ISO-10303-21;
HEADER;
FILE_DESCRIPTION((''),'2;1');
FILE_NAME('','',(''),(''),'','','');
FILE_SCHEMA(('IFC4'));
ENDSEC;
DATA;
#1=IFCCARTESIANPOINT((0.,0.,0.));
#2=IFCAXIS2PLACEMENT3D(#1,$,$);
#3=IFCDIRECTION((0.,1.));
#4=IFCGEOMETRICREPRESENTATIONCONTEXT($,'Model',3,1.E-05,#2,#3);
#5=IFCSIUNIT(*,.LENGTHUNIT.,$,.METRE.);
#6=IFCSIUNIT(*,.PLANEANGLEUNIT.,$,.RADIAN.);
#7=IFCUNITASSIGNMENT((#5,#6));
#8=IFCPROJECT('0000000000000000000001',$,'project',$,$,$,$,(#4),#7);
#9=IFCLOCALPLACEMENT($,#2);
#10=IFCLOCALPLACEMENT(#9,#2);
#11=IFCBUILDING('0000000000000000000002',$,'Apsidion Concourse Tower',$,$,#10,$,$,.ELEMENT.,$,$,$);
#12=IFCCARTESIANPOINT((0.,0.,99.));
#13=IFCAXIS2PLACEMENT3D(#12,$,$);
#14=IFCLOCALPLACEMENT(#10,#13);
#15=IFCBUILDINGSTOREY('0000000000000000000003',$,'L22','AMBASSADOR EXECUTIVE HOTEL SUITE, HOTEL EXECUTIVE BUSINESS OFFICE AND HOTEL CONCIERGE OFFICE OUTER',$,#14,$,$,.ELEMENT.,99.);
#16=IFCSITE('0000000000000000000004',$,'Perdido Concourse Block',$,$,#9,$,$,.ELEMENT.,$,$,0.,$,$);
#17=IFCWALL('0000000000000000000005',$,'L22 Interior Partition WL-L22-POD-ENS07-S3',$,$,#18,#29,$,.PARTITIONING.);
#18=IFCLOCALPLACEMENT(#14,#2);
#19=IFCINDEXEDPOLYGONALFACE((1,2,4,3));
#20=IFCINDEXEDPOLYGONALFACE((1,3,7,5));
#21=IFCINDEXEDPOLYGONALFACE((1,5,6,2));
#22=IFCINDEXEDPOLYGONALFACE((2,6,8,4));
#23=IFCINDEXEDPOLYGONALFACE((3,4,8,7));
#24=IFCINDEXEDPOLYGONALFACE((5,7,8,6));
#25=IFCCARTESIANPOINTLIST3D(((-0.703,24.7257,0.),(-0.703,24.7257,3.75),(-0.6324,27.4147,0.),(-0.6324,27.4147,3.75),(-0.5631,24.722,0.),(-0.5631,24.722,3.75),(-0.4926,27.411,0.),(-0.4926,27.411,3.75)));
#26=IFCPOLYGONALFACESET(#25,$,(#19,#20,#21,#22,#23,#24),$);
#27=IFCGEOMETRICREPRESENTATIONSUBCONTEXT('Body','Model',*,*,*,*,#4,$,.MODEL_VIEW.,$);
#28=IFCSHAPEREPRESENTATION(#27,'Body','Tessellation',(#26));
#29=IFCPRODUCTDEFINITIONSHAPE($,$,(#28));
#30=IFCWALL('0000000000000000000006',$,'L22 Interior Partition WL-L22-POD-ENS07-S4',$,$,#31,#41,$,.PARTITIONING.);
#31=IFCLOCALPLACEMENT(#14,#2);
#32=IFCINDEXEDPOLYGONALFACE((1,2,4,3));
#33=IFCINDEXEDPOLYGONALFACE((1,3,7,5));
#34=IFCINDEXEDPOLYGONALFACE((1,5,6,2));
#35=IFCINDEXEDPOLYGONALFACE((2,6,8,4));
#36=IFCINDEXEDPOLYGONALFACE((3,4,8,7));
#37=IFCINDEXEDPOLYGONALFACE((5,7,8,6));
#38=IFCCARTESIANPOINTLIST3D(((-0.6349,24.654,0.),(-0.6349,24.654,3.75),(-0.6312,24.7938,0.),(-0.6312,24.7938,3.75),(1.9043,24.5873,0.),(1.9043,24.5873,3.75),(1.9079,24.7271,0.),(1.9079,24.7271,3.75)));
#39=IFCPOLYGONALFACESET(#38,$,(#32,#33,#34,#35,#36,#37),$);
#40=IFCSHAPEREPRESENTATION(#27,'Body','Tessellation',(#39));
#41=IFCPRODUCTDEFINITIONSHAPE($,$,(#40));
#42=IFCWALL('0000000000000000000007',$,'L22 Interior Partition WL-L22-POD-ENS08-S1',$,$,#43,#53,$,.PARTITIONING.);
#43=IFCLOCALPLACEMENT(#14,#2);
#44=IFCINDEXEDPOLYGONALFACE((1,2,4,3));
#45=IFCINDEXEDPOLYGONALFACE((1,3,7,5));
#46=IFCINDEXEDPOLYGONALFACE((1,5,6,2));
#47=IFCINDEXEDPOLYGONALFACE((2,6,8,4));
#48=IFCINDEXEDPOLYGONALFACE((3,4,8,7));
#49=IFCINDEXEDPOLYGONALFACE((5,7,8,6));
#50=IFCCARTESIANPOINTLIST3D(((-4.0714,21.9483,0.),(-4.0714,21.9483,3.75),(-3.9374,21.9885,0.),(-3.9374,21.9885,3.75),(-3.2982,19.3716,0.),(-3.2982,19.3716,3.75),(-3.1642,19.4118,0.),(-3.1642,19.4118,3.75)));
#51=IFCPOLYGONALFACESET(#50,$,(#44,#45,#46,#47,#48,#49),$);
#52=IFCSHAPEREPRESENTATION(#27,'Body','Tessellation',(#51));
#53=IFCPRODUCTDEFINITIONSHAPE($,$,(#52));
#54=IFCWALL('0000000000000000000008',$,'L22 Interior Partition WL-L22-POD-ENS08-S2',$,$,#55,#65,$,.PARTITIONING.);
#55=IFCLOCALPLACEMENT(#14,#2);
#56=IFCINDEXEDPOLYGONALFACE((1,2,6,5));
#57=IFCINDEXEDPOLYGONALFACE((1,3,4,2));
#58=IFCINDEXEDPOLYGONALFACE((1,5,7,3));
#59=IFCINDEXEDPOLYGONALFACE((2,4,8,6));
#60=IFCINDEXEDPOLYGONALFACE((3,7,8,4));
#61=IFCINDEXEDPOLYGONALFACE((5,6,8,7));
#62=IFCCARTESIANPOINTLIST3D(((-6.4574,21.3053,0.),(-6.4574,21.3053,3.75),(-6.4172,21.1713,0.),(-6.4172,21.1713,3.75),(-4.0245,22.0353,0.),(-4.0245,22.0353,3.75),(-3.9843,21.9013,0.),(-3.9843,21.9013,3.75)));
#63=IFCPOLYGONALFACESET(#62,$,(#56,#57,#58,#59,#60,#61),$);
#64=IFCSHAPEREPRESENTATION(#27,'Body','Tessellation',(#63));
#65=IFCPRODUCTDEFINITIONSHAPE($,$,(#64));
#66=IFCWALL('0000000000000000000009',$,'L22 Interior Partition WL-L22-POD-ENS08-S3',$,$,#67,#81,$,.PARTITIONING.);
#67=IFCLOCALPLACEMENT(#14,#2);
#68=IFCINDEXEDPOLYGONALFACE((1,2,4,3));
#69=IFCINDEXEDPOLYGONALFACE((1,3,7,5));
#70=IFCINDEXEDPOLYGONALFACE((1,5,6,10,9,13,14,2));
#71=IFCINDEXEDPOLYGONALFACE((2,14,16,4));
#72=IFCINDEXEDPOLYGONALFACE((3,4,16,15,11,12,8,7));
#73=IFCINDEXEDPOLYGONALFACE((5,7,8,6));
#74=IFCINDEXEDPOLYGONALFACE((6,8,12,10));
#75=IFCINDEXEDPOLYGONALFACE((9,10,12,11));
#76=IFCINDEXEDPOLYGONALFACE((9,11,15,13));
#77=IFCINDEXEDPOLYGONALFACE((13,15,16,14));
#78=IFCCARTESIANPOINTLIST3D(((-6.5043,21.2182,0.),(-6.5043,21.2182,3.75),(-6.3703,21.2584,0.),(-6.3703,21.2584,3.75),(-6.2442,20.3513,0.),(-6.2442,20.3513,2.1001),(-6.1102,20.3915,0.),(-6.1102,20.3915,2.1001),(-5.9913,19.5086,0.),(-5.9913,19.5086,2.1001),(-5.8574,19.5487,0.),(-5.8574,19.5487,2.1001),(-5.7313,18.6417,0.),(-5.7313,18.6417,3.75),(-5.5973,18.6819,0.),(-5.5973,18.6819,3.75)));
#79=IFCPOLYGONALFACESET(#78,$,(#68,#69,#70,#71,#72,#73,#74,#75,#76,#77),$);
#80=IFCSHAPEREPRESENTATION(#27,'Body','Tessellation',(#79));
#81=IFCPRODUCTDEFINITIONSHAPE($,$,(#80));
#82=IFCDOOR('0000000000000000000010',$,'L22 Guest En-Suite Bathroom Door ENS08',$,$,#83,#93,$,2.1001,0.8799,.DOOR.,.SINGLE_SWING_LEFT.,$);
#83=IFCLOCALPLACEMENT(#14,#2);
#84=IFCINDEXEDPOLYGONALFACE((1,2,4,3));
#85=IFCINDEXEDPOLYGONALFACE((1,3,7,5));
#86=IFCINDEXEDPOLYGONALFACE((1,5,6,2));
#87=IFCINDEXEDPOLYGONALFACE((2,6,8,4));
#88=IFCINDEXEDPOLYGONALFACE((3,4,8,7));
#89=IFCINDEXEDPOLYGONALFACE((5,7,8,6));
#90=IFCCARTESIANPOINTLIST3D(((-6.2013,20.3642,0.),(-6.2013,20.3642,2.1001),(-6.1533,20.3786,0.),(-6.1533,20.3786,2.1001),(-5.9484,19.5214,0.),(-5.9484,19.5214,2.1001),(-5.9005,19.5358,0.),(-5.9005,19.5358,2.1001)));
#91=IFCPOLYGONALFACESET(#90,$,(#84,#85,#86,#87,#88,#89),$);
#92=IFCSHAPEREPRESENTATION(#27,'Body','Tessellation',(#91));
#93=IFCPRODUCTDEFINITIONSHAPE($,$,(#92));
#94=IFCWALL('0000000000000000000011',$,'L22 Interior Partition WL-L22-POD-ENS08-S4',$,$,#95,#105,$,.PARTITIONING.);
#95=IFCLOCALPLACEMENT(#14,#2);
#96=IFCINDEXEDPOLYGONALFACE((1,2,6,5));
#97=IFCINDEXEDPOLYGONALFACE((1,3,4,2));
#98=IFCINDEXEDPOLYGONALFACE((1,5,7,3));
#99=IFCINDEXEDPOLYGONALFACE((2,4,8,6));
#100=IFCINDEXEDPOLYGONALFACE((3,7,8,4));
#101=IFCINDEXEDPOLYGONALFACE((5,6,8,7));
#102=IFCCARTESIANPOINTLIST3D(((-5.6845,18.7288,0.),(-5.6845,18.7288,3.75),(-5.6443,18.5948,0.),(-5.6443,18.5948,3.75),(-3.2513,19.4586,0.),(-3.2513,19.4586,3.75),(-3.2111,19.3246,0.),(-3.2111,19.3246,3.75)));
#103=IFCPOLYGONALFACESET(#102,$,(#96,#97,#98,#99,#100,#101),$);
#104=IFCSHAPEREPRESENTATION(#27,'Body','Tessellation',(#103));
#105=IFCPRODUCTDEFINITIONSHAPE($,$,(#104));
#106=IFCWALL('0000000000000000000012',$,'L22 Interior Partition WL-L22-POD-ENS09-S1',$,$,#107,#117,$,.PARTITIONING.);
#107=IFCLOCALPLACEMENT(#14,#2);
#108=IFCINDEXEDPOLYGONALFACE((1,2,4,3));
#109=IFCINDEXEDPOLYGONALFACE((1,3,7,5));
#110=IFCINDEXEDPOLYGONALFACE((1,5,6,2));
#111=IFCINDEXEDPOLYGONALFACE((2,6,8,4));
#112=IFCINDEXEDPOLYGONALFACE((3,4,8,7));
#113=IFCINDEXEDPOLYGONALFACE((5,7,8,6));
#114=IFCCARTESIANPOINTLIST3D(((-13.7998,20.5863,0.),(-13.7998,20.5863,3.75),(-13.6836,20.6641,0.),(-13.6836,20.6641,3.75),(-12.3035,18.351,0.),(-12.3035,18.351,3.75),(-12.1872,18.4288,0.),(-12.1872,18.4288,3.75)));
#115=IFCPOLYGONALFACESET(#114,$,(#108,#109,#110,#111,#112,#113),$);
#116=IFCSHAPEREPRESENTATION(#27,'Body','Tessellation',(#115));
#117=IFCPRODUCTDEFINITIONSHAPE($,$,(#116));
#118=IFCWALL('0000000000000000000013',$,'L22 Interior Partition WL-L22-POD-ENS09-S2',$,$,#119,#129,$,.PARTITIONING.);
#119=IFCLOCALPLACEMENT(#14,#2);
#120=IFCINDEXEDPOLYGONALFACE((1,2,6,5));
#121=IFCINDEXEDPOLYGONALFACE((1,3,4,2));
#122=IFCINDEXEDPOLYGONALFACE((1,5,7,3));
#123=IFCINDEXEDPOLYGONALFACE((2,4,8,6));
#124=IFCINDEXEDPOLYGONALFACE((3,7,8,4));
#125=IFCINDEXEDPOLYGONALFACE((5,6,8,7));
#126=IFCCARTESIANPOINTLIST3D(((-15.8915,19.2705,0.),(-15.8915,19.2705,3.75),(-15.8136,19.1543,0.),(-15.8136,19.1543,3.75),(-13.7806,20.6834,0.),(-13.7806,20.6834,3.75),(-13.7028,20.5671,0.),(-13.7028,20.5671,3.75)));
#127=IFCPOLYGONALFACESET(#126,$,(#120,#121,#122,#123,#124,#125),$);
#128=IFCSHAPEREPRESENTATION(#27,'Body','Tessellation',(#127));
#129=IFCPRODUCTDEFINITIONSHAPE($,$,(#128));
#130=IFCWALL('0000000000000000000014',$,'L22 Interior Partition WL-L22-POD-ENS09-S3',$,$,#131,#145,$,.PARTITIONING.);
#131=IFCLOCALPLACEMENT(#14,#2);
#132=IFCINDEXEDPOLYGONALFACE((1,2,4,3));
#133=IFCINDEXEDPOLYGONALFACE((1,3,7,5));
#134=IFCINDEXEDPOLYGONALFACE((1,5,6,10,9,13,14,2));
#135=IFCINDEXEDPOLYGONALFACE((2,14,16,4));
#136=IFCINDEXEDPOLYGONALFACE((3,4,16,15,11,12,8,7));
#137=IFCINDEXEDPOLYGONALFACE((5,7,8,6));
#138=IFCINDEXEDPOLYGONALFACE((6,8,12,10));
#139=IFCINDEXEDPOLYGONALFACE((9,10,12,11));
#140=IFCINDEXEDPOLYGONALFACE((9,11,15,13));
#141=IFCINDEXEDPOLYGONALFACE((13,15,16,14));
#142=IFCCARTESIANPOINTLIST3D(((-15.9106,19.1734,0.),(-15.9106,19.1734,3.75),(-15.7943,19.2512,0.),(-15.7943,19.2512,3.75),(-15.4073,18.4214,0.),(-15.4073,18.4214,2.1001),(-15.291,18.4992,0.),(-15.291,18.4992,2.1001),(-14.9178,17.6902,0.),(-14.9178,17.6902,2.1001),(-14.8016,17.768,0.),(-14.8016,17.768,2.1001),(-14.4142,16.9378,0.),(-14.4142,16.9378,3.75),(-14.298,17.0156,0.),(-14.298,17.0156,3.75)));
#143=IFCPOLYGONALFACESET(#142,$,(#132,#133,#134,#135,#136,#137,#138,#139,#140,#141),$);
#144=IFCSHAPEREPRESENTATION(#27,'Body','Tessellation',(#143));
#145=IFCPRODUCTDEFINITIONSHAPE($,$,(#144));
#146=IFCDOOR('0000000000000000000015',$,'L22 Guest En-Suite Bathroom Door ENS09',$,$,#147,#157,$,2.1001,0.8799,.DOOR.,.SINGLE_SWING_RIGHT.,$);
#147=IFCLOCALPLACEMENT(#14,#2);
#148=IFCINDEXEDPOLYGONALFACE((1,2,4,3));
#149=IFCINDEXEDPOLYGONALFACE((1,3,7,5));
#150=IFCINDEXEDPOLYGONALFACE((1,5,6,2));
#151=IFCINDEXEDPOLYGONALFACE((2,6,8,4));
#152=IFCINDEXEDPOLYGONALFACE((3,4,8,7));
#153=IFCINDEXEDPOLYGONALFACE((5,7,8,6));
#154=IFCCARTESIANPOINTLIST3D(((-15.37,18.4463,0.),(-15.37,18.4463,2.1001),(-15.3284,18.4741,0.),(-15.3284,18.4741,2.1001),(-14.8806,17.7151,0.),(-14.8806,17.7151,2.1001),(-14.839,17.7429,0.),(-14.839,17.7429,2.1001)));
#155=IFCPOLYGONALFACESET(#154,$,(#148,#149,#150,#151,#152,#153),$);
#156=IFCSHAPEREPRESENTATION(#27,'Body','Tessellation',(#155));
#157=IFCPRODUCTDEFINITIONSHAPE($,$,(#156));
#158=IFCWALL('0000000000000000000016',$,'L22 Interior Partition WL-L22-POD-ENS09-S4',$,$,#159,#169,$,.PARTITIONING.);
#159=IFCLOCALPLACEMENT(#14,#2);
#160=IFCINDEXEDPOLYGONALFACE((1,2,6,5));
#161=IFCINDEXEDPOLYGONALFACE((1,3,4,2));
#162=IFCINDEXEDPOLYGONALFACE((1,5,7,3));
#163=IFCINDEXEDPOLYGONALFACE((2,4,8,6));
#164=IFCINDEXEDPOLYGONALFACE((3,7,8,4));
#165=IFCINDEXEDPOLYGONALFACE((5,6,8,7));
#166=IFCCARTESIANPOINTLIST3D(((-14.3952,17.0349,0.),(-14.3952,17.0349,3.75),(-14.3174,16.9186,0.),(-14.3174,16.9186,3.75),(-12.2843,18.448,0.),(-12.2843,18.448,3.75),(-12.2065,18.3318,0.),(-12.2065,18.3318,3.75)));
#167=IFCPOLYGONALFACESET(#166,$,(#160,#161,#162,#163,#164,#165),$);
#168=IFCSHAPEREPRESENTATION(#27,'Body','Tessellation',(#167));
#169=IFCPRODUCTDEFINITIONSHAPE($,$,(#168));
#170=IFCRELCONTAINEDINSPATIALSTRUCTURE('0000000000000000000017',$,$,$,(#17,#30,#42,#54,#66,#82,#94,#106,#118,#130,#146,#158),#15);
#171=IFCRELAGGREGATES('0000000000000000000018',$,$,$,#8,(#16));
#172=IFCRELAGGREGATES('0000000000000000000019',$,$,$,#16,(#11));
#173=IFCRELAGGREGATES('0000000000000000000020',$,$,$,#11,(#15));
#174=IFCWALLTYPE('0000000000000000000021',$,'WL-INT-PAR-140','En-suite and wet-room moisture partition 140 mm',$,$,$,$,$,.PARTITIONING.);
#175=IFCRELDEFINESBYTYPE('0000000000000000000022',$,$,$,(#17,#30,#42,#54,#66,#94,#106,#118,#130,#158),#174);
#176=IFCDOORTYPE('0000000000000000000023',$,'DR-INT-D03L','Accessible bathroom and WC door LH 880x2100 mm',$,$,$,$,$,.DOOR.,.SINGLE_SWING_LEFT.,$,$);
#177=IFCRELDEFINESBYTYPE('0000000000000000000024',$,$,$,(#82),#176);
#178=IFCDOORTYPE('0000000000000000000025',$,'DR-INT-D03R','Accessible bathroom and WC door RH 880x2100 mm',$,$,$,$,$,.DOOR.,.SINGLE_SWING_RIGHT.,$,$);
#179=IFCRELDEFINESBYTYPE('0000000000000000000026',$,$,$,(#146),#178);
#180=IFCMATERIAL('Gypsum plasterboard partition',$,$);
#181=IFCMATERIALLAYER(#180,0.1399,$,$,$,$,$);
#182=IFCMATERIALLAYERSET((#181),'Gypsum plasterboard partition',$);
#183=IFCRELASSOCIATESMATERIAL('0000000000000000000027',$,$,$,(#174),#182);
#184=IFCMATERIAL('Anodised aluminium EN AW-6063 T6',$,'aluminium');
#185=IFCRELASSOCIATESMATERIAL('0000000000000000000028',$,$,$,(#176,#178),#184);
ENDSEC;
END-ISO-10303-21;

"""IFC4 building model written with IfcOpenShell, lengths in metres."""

from ifc_helpers import new_model, si_unit, direction, frame, frame_2d, origin, place, context, subcontext, project, spatial, rectangle, extrude, material, layer, layer_set, type_object, element, fill, save


model = new_model("IFC4")

# Units and contexts
model_context = context("Model", 3, precision=1e-05, world=origin(), true_north=direction((0.0, 1.0)))
body_context = subcontext(model_context, "Body", "Model", "MODEL_VIEW")
ifc_project = project(units=[si_unit("LENGTHUNIT", "METRE"), si_unit("PLANEANGLEUNIT", "RADIAN")], contexts=[model_context])

# Site, building, storey
site_placement = place(None, origin())
site = spatial("IfcSite", under=ifc_project, at=site_placement, Name="Perdido Concourse Block", CompositionType="ELEMENT", RefElevation=0.0)
building_placement = place(site_placement, origin())
building = spatial("IfcBuilding", under=site, at=building_placement, Name="Apsidion Concourse Tower", CompositionType="ELEMENT")
storey_placement = place(building_placement, frame((0.0, 0.0, 99.0)))
storey = spatial("IfcBuildingStorey", under=building, at=storey_placement, Name="L22", Description="AMBASSADOR EXECUTIVE HOTEL SUITE, HOTEL EXECUTIVE BUSINESS OFFICE AND HOTEL CONCIERGE OFFICE OUTER", CompositionType="ELEMENT", Elevation=99.0)

# Shared definitions
ifc_material_1 = material(Name="Anodised aluminium EN AW-6063 T6", Category="aluminium")

# Walls
ifc_material_2 = material(Name="Gypsum plasterboard partition")
ifc_layer_1 = layer(ifc_material_2, 0.1399)
ifc_layer_set_1 = layer_set([ifc_layer_1], Name="Gypsum plasterboard partition")
wall_type_1 = type_object("IfcWallType", Name="WL-INT-PAR-140", Description="En-suite and wet-room moisture partition 140 mm", PredefinedType="PARTITIONING", material=ifc_layer_set_1)
wall_1_placement = place(storey_placement, frame((-0.5625, 27.4128, 0.0), z_axis=(0.0, 0.0, 1.0), x_axis=(-0.02623, -0.999656, 0.0)))
element("IfcWall", 1, at=wall_1_placement, inside=storey, type_object=wall_type_1, Name="L22 Interior Partition WL-L22-POD-ENS07-S3", PredefinedType="PARTITIONING", context=body_context, shape_type="SweptSolid", body=[
    extrude(rectangle(XDim=2.6899, YDim=0.1399, at=frame_2d((1.345, 0.0))), origin(), (0.0, 0.0, 1.0), 3.75),
])
wall_2_placement = place(storey_placement, frame((-0.6331, 24.7239, 0.0), z_axis=(0.0, 0.0, 1.0), x_axis=(0.999656, -0.026241, 0.0)))
element("IfcWall", 2, at=wall_2_placement, inside=storey, type_object=wall_type_1, Name="L22 Interior Partition WL-L22-POD-ENS07-S4", PredefinedType="PARTITIONING", context=body_context, shape_type="SweptSolid", body=[
    extrude(rectangle(XDim=2.54, YDim=0.1399, at=frame_2d((1.27, 0.0))), origin(), (0.0, 0.0, 1.0), 3.75),
])
wall_3_placement = place(storey_placement, frame((-3.2312, 19.3916, 0.0), z_axis=(0.0, 0.0, 1.0), x_axis=(-0.287414, 0.957806, 0.0)))
element("IfcWall", 3, at=wall_3_placement, inside=storey, type_object=wall_type_1, Name="L22 Interior Partition WL-L22-POD-ENS08-S1", PredefinedType="PARTITIONING", context=body_context, shape_type="SweptSolid", body=[
    extrude(rectangle(XDim=2.6902, YDim=0.1399, at=frame_2d((1.3452, 0.0))), origin(), (0.0, 0.0, 1.0), 3.75),
])
wall_4_placement = place(storey_placement, frame((-4.0044, 21.9683, 0.0), z_axis=(0.0, 0.0, 1.0), x_axis=(-0.957813, -0.287392, 0.0)))
element("IfcWall", 4, at=wall_4_placement, inside=storey, type_object=wall_type_1, Name="L22 Interior Partition WL-L22-POD-ENS08-S2", PredefinedType="PARTITIONING", context=body_context, shape_type="SweptSolid", body=[
    extrude(rectangle(XDim=2.54, YDim=0.1399, at=frame_2d((1.27, 0.0))), origin(), (0.0, 0.0, 1.0), 3.75),
])

# Wall, opening, door
wall_5_placement = place(storey_placement, frame((-6.4373, 21.2383, 0.0), z_axis=(0.0, 0.0, 1.0), x_axis=(0.287356, -0.957824, 0.0)))
wall_5 = element("IfcWall", 5, at=wall_5_placement, inside=storey, type_object=wall_type_1, Name="L22 Interior Partition WL-L22-POD-ENS08-S3", PredefinedType="PARTITIONING", context=body_context, shape_type="SweptSolid", body=[
    extrude(rectangle(XDim=2.6899, YDim=0.1399, at=frame_2d((1.345, 0.0))), origin(), (0.0, 0.0, 1.0), 3.75),
])
opening_1_placement = place(wall_5_placement, frame((0.905, 0.0, 0.0)))
opening_1 = element("IfcOpeningElement", 6, at=opening_1_placement, cuts=wall_5, PredefinedType="OPENING", context=body_context, shape_type="SweptSolid", body=[
    extrude(rectangle(XDim=0.8799, YDim=2.1001, at=frame_2d((0.4399, 1.05))), frame((0.0, 0.0801, 0.0), z_axis=(0.0, -1.0, 0.0), x_axis=(1.0, 0.0, 0.0)), (0.0, 0.0, 1.0), 0.1599),
])
door_type_1 = type_object("IfcDoorType", Name="DR-INT-D03L", Description="Accessible bathroom and WC door LH 880x2100 mm", OperationType="SINGLE_SWING_LEFT", PredefinedType="DOOR", material=ifc_material_1)
door_1_placement = place(opening_1_placement, origin())
door_1 = element("IfcDoor", 7, at=door_1_placement, inside=storey, type_object=door_type_1, Name="L22 Guest En-Suite Bathroom Door ENS08", OperationType="SINGLE_SWING_LEFT", OverallHeight=2.1001, OverallWidth=0.8799, PredefinedType="DOOR", context=body_context, shape_type="SweptSolid", body=[
    extrude(rectangle(XDim=0.8799, YDim=2.1001, at=frame_2d((0.4399, 1.05))), frame((0.0, 0.0249, 0.0), z_axis=(0.0, -1.0, 0.0), x_axis=(1.0, 0.0, 0.0)), (0.0, 0.0, 1.0), 0.05),
])
fill(opening_1, door_1)

# Walls
wall_6_placement = place(storey_placement, frame((-5.6643, 18.6619, 0.0), z_axis=(0.0, 0.0, 1.0), x_axis=(0.957847, 0.287277, 0.0)))
element("IfcWall", 8, at=wall_6_placement, inside=storey, type_object=wall_type_1, Name="L22 Interior Partition WL-L22-POD-ENS08-S4", PredefinedType="PARTITIONING", context=body_context, shape_type="SweptSolid", body=[
    extrude(rectangle(XDim=2.5403, YDim=0.1399, at=frame_2d((1.27, 0.0))), origin(), (0.0, 0.0, 1.0), 3.75),
])
wall_7_placement = place(storey_placement, frame((-12.2454, 18.3899, 0.0), z_axis=(0.0, 0.0, 1.0), x_axis=(-0.55627, 0.831002, 0.0)))
element("IfcWall", 9, at=wall_7_placement, inside=storey, type_object=wall_type_1, Name="L22 Interior Partition WL-L22-POD-ENS09-S1", PredefinedType="PARTITIONING", context=body_context, shape_type="SweptSolid", body=[
    extrude(rectangle(XDim=2.6899, YDim=0.1399, at=frame_2d((1.345, 0.0))), origin(), (0.0, 0.0, 1.0), 3.75),
])
wall_8_placement = place(storey_placement, frame((-13.7417, 20.6252, 0.0), z_axis=(0.0, 0.0, 1.0), x_axis=(-0.831029, -0.55623, 0.0)))
element("IfcWall", 10, at=wall_8_placement, inside=storey, type_object=wall_type_1, Name="L22 Interior Partition WL-L22-POD-ENS09-S2", PredefinedType="PARTITIONING", context=body_context, shape_type="SweptSolid", body=[
    extrude(rectangle(XDim=2.54, YDim=0.1399, at=frame_2d((1.27, 0.0))), origin(), (0.0, 0.0, 1.0), 3.75),
])

# Wall, opening, door
wall_9_placement = place(storey_placement, frame((-15.8525, 19.2124, 0.0), z_axis=(0.0, 0.0, 1.0), x_axis=(0.556228, -0.83103, 0.0)))
wall_9 = element("IfcWall", 11, at=wall_9_placement, inside=storey, type_object=wall_type_1, Name="L22 Interior Partition WL-L22-POD-ENS09-S3", PredefinedType="PARTITIONING", context=body_context, shape_type="SweptSolid", body=[
    extrude(rectangle(XDim=2.6902, YDim=0.1399, at=frame_2d((1.3452, 0.0))), origin(), (0.0, 0.0, 1.0), 3.75),
])
opening_2_placement = place(wall_9_placement, frame((0.905, 0.0, 0.0)))
opening_2 = element("IfcOpeningElement", 12, at=opening_2_placement, cuts=wall_9, PredefinedType="OPENING", context=body_context, shape_type="SweptSolid", body=[
    extrude(rectangle(XDim=0.8799, YDim=2.1001, at=frame_2d((0.4399, 1.05))), frame((0.0, 0.0801, 0.0), z_axis=(0.0, -1.0, 0.0), x_axis=(1.0, 0.0, 0.0)), (0.0, 0.0, 1.0), 0.1599),
])
door_type_2 = type_object("IfcDoorType", Name="DR-INT-D03R", Description="Accessible bathroom and WC door RH 880x2100 mm", OperationType="SINGLE_SWING_RIGHT", PredefinedType="DOOR", material=ifc_material_1)
door_2_placement = place(opening_2_placement, origin())
door_2 = element("IfcDoor", 13, at=door_2_placement, inside=storey, type_object=door_type_2, Name="L22 Guest En-Suite Bathroom Door ENS09", OperationType="SINGLE_SWING_RIGHT", OverallHeight=2.1001, OverallWidth=0.8799, PredefinedType="DOOR", context=body_context, shape_type="SweptSolid", body=[
    extrude(rectangle(XDim=0.8799, YDim=2.1001, at=frame_2d((0.4399, 1.05))), frame((0.0, 0.0249, 0.0), z_axis=(0.0, -1.0, 0.0), x_axis=(1.0, 0.0, 0.0)), (0.0, 0.0, 1.0), 0.05),
])
fill(opening_2, door_2)

# Wall
wall_10_placement = place(storey_placement, frame((-14.3562, 16.9768, 0.0), z_axis=(0.0, 0.0, 1.0), x_axis=(0.830984, 0.556296, 0.0)))
element("IfcWall", 14, at=wall_10_placement, inside=storey, type_object=wall_type_1, Name="L22 Interior Partition WL-L22-POD-ENS09-S4", PredefinedType="PARTITIONING", context=body_context, shape_type="SweptSolid", body=[
    extrude(rectangle(XDim=2.5403, YDim=0.1399, at=frame_2d((1.27, 0.0))), origin(), (0.0, 0.0, 1.0), 3.75),
])

save(model, "model.ifc")
